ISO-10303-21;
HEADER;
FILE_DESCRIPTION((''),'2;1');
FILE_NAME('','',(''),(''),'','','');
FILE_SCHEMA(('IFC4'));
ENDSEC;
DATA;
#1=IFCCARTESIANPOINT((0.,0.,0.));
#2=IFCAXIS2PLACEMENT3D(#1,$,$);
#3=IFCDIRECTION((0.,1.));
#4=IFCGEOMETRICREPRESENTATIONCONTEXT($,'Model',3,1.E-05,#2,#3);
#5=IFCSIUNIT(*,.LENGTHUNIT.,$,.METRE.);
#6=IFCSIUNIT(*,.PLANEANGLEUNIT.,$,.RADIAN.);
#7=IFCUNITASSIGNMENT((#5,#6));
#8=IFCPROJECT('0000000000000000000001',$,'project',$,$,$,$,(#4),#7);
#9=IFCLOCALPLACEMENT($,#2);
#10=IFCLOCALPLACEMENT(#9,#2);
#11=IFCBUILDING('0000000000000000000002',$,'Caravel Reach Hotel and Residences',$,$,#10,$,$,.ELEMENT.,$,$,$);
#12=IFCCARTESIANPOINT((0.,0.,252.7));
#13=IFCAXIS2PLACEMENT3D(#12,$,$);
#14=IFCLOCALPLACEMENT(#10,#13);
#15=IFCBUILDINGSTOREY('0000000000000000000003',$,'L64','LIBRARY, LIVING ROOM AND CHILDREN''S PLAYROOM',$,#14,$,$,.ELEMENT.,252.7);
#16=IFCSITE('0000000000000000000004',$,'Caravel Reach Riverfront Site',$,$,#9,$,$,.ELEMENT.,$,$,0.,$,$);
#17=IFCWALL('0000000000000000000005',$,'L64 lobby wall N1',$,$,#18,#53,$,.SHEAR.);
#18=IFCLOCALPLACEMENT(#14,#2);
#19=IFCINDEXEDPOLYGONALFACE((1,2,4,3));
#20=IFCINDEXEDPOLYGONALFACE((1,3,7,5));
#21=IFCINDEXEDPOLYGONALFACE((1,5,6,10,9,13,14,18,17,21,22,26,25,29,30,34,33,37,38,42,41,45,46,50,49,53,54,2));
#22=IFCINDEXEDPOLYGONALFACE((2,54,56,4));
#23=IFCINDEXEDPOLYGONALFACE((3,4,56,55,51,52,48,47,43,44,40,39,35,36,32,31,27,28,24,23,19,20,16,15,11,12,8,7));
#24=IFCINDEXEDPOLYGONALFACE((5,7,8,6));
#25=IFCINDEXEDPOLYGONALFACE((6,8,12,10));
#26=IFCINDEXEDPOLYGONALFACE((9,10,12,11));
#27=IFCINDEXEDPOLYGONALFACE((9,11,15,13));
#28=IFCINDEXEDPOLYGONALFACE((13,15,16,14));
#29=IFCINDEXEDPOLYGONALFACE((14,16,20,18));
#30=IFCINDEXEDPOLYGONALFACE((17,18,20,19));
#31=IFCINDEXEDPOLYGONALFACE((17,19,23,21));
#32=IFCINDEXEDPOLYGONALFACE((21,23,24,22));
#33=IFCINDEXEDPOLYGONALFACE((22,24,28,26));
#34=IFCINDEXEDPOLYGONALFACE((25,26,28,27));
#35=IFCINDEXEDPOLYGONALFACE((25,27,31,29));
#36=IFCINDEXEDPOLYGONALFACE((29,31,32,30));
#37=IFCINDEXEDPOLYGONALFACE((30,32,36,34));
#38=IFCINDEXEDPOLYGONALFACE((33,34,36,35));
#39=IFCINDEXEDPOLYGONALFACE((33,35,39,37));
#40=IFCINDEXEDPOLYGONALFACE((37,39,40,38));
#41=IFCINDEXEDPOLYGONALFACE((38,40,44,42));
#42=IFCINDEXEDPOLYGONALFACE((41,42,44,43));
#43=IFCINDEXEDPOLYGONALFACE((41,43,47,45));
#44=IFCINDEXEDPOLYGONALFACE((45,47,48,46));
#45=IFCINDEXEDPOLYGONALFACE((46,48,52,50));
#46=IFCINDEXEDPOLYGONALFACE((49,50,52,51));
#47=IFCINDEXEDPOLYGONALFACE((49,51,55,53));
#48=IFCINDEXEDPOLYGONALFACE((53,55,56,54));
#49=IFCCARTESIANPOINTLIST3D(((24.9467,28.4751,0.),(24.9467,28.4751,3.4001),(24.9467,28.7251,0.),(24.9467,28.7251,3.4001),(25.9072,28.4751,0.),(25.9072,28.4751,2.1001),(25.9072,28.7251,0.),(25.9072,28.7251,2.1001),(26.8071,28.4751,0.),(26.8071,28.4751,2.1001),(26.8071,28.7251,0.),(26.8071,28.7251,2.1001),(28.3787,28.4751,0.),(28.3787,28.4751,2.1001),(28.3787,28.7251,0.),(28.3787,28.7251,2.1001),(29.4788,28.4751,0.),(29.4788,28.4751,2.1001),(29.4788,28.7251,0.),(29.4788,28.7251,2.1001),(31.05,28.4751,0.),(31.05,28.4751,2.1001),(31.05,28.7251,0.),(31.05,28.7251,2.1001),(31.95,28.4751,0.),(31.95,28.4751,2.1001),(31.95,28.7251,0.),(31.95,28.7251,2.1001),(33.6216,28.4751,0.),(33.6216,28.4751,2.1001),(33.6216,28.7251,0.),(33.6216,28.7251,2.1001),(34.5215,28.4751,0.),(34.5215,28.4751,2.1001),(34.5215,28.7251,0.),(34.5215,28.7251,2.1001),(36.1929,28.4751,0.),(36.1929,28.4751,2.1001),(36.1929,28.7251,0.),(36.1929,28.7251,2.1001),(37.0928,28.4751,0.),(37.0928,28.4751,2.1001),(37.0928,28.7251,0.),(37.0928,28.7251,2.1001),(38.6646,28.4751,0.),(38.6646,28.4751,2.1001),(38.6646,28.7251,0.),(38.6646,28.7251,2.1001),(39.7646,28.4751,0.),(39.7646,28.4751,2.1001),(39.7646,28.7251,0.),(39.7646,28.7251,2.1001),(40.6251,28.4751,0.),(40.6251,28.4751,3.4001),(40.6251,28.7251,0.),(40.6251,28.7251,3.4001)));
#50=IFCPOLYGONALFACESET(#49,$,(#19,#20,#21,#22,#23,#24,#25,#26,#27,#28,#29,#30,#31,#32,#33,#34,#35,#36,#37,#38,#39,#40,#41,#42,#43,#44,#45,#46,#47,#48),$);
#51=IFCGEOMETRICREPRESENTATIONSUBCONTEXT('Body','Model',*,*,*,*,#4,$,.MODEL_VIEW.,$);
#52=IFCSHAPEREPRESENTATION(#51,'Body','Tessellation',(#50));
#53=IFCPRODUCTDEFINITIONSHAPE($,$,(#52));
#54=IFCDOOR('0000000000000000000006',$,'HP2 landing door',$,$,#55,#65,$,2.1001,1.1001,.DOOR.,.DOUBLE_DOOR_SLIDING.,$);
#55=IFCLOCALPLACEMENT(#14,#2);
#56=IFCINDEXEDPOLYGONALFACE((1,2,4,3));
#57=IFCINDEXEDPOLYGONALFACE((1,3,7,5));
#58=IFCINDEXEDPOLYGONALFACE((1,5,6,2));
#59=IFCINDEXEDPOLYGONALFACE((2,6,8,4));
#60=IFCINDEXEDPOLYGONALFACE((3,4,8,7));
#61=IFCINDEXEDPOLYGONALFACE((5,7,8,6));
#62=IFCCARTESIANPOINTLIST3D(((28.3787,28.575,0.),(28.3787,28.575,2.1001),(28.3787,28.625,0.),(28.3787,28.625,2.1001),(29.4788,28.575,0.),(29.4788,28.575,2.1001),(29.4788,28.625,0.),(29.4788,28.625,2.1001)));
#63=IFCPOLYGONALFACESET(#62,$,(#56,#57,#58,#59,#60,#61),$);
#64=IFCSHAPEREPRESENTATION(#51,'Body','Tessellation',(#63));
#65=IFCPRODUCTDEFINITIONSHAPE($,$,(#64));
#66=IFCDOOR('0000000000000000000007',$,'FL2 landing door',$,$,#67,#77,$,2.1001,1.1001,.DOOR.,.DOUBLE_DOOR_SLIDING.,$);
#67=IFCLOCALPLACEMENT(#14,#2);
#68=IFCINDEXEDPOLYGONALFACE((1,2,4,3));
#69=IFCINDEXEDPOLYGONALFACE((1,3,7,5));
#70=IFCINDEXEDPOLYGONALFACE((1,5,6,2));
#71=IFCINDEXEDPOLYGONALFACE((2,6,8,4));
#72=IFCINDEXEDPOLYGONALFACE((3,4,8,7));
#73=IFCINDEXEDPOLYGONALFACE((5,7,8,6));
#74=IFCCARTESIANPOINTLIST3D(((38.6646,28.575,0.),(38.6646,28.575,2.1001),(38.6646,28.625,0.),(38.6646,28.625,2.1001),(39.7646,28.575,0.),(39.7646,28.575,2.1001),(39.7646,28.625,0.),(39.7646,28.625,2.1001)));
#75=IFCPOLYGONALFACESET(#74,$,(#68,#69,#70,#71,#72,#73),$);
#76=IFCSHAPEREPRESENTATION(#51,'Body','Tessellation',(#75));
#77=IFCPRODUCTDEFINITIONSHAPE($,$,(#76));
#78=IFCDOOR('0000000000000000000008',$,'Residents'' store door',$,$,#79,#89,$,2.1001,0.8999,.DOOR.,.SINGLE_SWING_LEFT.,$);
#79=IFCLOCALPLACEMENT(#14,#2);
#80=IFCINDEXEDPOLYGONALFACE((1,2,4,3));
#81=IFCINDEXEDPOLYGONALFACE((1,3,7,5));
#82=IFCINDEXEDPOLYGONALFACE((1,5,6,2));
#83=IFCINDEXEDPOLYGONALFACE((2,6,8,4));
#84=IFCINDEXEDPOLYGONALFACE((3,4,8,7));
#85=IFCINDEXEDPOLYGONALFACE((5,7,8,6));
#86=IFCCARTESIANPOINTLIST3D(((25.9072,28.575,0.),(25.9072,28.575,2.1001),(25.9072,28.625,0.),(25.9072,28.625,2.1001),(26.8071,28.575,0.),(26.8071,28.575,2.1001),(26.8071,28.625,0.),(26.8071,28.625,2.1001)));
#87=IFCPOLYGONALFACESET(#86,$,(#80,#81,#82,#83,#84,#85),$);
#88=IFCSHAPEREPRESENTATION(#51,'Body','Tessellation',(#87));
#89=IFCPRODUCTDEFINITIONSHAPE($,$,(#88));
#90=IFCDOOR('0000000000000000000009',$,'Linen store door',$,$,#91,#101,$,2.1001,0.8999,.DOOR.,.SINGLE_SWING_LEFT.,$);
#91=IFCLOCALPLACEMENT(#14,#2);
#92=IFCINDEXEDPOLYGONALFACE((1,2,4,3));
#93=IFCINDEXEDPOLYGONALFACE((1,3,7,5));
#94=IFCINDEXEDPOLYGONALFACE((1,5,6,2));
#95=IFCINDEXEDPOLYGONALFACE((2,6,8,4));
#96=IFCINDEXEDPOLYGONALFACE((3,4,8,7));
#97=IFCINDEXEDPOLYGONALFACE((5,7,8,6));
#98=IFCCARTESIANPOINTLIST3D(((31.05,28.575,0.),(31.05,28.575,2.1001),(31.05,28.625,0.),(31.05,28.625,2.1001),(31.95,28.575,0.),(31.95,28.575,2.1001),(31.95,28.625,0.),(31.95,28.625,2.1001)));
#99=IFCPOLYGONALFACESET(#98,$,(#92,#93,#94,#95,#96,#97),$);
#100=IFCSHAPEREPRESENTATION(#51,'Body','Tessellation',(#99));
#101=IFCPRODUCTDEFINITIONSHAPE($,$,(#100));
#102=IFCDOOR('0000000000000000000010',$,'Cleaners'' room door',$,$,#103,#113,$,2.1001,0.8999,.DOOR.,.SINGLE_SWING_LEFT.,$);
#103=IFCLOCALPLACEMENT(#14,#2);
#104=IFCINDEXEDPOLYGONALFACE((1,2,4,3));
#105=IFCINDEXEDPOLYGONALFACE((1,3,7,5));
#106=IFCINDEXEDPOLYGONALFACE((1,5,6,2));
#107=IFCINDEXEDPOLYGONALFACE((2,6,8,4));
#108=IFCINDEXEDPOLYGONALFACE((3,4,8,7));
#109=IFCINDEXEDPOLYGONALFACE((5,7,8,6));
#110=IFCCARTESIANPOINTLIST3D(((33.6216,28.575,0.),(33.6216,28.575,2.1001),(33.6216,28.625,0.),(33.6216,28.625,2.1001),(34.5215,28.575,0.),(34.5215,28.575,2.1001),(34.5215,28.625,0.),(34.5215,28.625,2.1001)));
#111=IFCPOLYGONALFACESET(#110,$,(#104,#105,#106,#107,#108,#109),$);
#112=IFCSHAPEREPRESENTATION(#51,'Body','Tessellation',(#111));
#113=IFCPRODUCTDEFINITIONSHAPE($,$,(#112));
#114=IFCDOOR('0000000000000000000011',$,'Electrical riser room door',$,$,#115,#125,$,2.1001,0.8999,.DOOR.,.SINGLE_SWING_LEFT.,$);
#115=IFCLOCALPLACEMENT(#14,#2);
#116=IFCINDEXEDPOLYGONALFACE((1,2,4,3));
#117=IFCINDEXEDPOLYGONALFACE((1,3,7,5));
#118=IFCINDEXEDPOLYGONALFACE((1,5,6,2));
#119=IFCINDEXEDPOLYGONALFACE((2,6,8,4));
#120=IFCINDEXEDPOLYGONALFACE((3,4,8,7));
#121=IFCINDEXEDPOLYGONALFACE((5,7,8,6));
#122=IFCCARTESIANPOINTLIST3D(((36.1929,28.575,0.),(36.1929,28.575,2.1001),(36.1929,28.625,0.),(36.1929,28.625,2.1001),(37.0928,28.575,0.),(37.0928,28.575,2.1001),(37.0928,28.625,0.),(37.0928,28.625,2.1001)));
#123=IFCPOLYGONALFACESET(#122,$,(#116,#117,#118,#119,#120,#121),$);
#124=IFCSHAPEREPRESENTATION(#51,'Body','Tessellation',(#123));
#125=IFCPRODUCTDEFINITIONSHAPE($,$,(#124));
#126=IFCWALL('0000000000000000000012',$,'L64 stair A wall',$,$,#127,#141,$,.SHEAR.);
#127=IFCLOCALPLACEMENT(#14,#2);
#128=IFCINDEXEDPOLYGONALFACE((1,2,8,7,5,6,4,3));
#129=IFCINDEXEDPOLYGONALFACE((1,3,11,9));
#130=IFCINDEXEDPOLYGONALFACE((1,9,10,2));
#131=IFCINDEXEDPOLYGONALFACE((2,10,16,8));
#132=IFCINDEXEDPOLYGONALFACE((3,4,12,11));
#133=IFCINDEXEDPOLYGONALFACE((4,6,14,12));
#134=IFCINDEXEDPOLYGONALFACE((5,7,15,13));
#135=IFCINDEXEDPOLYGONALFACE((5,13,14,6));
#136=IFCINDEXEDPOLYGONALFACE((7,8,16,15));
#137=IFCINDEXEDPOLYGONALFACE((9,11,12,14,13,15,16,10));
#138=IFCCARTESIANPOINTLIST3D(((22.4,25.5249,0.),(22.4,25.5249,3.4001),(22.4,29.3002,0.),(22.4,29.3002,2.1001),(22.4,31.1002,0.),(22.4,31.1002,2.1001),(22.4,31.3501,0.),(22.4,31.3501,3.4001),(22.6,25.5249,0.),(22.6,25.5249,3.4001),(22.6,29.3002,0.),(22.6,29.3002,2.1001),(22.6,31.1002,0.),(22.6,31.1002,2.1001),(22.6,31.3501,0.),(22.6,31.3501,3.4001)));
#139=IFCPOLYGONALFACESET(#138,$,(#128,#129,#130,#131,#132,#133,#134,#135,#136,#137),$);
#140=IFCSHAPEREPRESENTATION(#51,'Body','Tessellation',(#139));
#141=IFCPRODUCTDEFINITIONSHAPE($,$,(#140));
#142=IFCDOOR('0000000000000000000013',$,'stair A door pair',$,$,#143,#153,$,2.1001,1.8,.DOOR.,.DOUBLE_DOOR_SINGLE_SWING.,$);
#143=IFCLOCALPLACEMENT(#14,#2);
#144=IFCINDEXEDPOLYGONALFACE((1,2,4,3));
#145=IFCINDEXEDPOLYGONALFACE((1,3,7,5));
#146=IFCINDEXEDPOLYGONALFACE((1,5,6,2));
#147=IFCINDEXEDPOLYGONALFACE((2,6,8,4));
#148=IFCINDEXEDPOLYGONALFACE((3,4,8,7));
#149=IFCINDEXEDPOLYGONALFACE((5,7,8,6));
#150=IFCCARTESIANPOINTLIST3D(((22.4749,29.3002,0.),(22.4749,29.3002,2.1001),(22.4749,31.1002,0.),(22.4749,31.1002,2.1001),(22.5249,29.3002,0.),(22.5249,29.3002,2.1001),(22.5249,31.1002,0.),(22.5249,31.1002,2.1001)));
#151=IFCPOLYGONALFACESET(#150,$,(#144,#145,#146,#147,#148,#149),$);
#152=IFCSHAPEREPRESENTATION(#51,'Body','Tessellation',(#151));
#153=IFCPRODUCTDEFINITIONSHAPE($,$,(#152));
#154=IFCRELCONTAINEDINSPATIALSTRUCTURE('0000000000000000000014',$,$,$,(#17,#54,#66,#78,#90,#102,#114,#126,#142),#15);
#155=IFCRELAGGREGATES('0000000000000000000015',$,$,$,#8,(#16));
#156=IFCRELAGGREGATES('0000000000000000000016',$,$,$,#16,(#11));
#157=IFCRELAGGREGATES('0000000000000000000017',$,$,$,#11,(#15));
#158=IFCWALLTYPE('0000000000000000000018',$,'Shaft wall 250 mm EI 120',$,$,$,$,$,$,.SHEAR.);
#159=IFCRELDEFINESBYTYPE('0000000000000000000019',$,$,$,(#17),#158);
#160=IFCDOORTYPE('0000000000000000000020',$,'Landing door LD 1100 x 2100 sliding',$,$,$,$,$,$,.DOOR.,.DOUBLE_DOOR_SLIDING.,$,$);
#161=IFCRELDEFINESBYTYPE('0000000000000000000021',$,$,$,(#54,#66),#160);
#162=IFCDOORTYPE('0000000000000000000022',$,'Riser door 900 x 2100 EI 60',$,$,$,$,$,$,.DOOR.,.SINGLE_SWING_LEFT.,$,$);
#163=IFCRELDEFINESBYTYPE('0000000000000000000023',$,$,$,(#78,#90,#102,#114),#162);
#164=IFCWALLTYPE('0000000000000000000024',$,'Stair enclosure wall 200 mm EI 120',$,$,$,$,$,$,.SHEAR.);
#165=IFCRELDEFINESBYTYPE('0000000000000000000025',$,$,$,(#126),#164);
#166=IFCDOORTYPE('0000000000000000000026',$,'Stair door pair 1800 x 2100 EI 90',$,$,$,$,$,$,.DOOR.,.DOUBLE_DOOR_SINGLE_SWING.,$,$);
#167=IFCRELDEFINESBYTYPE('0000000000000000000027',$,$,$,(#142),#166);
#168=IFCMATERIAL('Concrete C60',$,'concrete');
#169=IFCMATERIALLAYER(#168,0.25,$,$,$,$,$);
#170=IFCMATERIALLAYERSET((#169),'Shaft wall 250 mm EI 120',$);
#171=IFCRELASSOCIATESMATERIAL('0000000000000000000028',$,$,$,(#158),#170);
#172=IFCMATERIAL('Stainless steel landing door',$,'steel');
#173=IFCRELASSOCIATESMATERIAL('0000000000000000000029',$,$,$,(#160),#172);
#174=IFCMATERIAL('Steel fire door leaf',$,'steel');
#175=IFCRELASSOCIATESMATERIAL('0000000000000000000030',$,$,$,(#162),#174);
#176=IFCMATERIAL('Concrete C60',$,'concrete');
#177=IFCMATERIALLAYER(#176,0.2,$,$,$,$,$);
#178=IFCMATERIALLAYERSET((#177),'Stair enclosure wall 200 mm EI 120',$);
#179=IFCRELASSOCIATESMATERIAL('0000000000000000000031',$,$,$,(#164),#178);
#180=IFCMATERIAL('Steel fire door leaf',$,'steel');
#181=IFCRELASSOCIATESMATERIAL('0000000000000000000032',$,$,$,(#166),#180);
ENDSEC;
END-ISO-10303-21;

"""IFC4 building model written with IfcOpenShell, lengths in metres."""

from ifc_helpers import new_model, si_unit, direction, frame, frame_2d, origin, place, context, subcontext, project, spatial, rectangle, extrude, material, layer, layer_set, type_object, element, fill, save


model = new_model("IFC4")

# Units and contexts
model_context = context("Model", 3, precision=1e-05, world=origin(), true_north=direction((0.0, 1.0)))
body_context = subcontext(model_context, "Body", "Model", "MODEL_VIEW")
ifc_project = project(units=[si_unit("LENGTHUNIT", "METRE"), si_unit("PLANEANGLEUNIT", "RADIAN")], contexts=[model_context])

# Site, building, storey
site_placement = place(None, origin())
site = spatial("IfcSite", under=ifc_project, at=site_placement, Name="Caravel Reach Riverfront Site", CompositionType="ELEMENT", RefElevation=0.0)
building_placement = place(site_placement, origin())
building = spatial("IfcBuilding", under=site, at=building_placement, Name="Caravel Reach Hotel and Residences", CompositionType="ELEMENT")
storey_placement = place(building_placement, frame((0.0, 0.0, 252.7)))
storey = spatial("IfcBuildingStorey", under=building, at=storey_placement, Name="L64", Description="LIBRARY, LIVING ROOM AND CHILDREN'S PLAYROOM", CompositionType="ELEMENT", Elevation=252.7)

# Wall, openings, doors
ifc_material_1 = material(Name="Concrete C60", Category="concrete")
ifc_layer_1 = layer(ifc_material_1, 0.25)
ifc_layer_set_1 = layer_set([ifc_layer_1], Name="Shaft wall 250 mm EI 120")
wall_type_1 = type_object("IfcWallType", Name="Shaft wall 250 mm EI 120", PredefinedType="SHEAR", material=ifc_layer_set_1)
wall_1_placement = place(storey_placement, frame((24.9465, 28.6001, 0.0), z_axis=(0.0, 0.0, 1.0), x_axis=(1.0, 0.0, 0.0)))
wall_1 = element("IfcWall", 1, at=wall_1_placement, inside=storey, type_object=wall_type_1, Name="L64 lobby wall N1", PredefinedType="SHEAR", context=body_context, shape_type="SweptSolid", body=[
    extrude(rectangle(XDim=15.6785, YDim=0.25, at=frame_2d((7.8394, 0.0))), origin(), (0.0, 0.0, 1.0), 3.4001),
])
opening_1_placement = place(wall_1_placement, frame((3.4321, 0.0, 0.0)))
opening_1 = element("IfcOpeningElement", 2, at=opening_1_placement, cuts=wall_1, PredefinedType="OPENING", context=body_context, shape_type="SweptSolid", body=[
    extrude(rectangle(XDim=1.1001, YDim=2.1001, at=frame_2d((0.55, 1.05))), frame((0.0, 0.135, 0.0), z_axis=(0.0, -1.0, 0.0), x_axis=(1.0, 0.0, 0.0)), (0.0, 0.0, 1.0), 0.27),
])
opening_2_placement = place(wall_1_placement, frame((13.718, 0.0, 0.0)))
opening_2 = element("IfcOpeningElement", 3, at=opening_2_placement, cuts=wall_1, PredefinedType="OPENING", context=body_context, shape_type="SweptSolid", body=[
    extrude(rectangle(XDim=1.1001, YDim=2.1001, at=frame_2d((0.55, 1.05))), frame((0.0, 0.135, 0.0), z_axis=(0.0, -1.0, 0.0), x_axis=(1.0, 0.0, 0.0)), (0.0, 0.0, 1.0), 0.27),
])
opening_3_placement = place(wall_1_placement, frame((0.9607, 0.0, 0.0)))
opening_3 = element("IfcOpeningElement", 4, at=opening_3_placement, cuts=wall_1, PredefinedType="OPENING", context=body_context, shape_type="SweptSolid", body=[
    extrude(rectangle(XDim=0.8999, YDim=2.1001, at=frame_2d((0.45, 1.05))), frame((0.0, 0.135, 0.0), z_axis=(0.0, -1.0, 0.0), x_axis=(1.0, 0.0, 0.0)), (0.0, 0.0, 1.0), 0.27),
])
opening_4_placement = place(wall_1_placement, frame((6.1035, 0.0, 0.0)))
opening_4 = element("IfcOpeningElement", 5, at=opening_4_placement, cuts=wall_1, PredefinedType="OPENING", context=body_context, shape_type="SweptSolid", body=[
    extrude(rectangle(XDim=0.8999, YDim=2.1001, at=frame_2d((0.45, 1.05))), frame((0.0, 0.135, 0.0), z_axis=(0.0, -1.0, 0.0), x_axis=(1.0, 0.0, 0.0)), (0.0, 0.0, 1.0), 0.27),
])
opening_5_placement = place(wall_1_placement, frame((8.675, 0.0, 0.0)))
opening_5 = element("IfcOpeningElement", 6, at=opening_5_placement, cuts=wall_1, PredefinedType="OPENING", context=body_context, shape_type="SweptSolid", body=[
    extrude(rectangle(XDim=0.8999, YDim=2.1001, at=frame_2d((0.45, 1.05))), frame((0.0, 0.135, 0.0), z_axis=(0.0, -1.0, 0.0), x_axis=(1.0, 0.0, 0.0)), (0.0, 0.0, 1.0), 0.27),
])
opening_6_placement = place(wall_1_placement, frame((11.2463, 0.0, 0.0)))
opening_6 = element("IfcOpeningElement", 7, at=opening_6_placement, cuts=wall_1, PredefinedType="OPENING", context=body_context, shape_type="SweptSolid", body=[
    extrude(rectangle(XDim=0.8999, YDim=2.1001, at=frame_2d((0.45, 1.05))), frame((0.0, 0.135, 0.0), z_axis=(0.0, -1.0, 0.0), x_axis=(1.0, 0.0, 0.0)), (0.0, 0.0, 1.0), 0.27),
])
ifc_material_2 = material(Name="Stainless steel landing door", Category="steel")
door_type_1 = type_object("IfcDoorType", Name="Landing door LD 1100 x 2100 sliding", OperationType="DOUBLE_DOOR_SLIDING", PredefinedType="DOOR", material=ifc_material_2)
door_1_placement = place(opening_1_placement, origin())
door_1 = element("IfcDoor", 8, at=door_1_placement, inside=storey, type_object=door_type_1, Name="HP2 landing door", OperationType="DOUBLE_DOOR_SLIDING", OverallHeight=2.1001, OverallWidth=1.1001, PredefinedType="DOOR", context=body_context, shape_type="SweptSolid", body=[
    extrude(rectangle(XDim=1.1001, YDim=2.1001, at=frame_2d((0.55, 1.05))), frame((0.0, 0.0249, 0.0), z_axis=(0.0, -1.0, 0.0), x_axis=(1.0, 0.0, 0.0)), (0.0, 0.0, 1.0), 0.05),
])
fill(opening_1, door_1)
door_2_placement = place(opening_2_placement, origin())
door_2 = element("IfcDoor", 9, at=door_2_placement, inside=storey, type_object=door_type_1, Name="FL2 landing door", OperationType="DOUBLE_DOOR_SLIDING", OverallHeight=2.1001, OverallWidth=1.1001, PredefinedType="DOOR", context=body_context, shape_type="SweptSolid", body=[
    extrude(rectangle(XDim=1.1001, YDim=2.1001, at=frame_2d((0.55, 1.05))), frame((0.0, 0.0249, 0.0), z_axis=(0.0, -1.0, 0.0), x_axis=(1.0, 0.0, 0.0)), (0.0, 0.0, 1.0), 0.05),
])
fill(opening_2, door_2)
ifc_material_3 = material(Name="Steel fire door leaf", Category="steel")
door_type_2 = type_object("IfcDoorType", Name="Riser door 900 x 2100 EI 60", OperationType="SINGLE_SWING_LEFT", PredefinedType="DOOR", material=ifc_material_3)
door_3_placement = place(opening_3_placement, origin())
door_3 = element("IfcDoor", 10, at=door_3_placement, inside=storey, type_object=door_type_2, Name="Residents' store door", OperationType="SINGLE_SWING_LEFT", OverallHeight=2.1001, OverallWidth=0.8999, PredefinedType="DOOR", context=body_context, shape_type="SweptSolid", body=[
    extrude(rectangle(XDim=0.8999, YDim=2.1001, at=frame_2d((0.45, 1.05))), frame((0.0, 0.0249, 0.0), z_axis=(0.0, -1.0, 0.0), x_axis=(1.0, 0.0, 0.0)), (0.0, 0.0, 1.0), 0.05),
])
fill(opening_3, door_3)
door_4_placement = place(opening_4_placement, origin())
door_4 = element("IfcDoor", 11, at=door_4_placement, inside=storey, type_object=door_type_2, Name="Linen store door", OperationType="SINGLE_SWING_LEFT", OverallHeight=2.1001, OverallWidth=0.8999, PredefinedType="DOOR", context=body_context, shape_type="SweptSolid", body=[
    extrude(rectangle(XDim=0.8999, YDim=2.1001, at=frame_2d((0.45, 1.05))), frame((0.0, 0.0249, 0.0), z_axis=(0.0, -1.0, 0.0), x_axis=(1.0, 0.0, 0.0)), (0.0, 0.0, 1.0), 0.05),
])
fill(opening_4, door_4)
door_5_placement = place(opening_5_placement, origin())
door_5 = element("IfcDoor", 12, at=door_5_placement, inside=storey, type_object=door_type_2, Name="Cleaners' room door", OperationType="SINGLE_SWING_LEFT", OverallHeight=2.1001, OverallWidth=0.8999, PredefinedType="DOOR", context=body_context, shape_type="SweptSolid", body=[
    extrude(rectangle(XDim=0.8999, YDim=2.1001, at=frame_2d((0.45, 1.05))), frame((0.0, 0.0249, 0.0), z_axis=(0.0, -1.0, 0.0), x_axis=(1.0, 0.0, 0.0)), (0.0, 0.0, 1.0), 0.05),
])
fill(opening_5, door_5)
door_6_placement = place(opening_6_placement, origin())
door_6 = element("IfcDoor", 13, at=door_6_placement, inside=storey, type_object=door_type_2, Name="Electrical riser room door", OperationType="SINGLE_SWING_LEFT", OverallHeight=2.1001, OverallWidth=0.8999, PredefinedType="DOOR", context=body_context, shape_type="SweptSolid", body=[
    extrude(rectangle(XDim=0.8999, YDim=2.1001, at=frame_2d((0.45, 1.05))), frame((0.0, 0.0249, 0.0), z_axis=(0.0, -1.0, 0.0), x_axis=(1.0, 0.0, 0.0)), (0.0, 0.0, 1.0), 0.05),
])
fill(opening_6, door_6)

# Wall, opening, door
ifc_material_4 = material(Name="Concrete C60", Category="concrete")
ifc_layer_2 = layer(ifc_material_4, 0.2)
ifc_layer_set_2 = layer_set([ifc_layer_2], Name="Stair enclosure wall 200 mm EI 120")
wall_type_2 = type_object("IfcWallType", Name="Stair enclosure wall 200 mm EI 120", PredefinedType="SHEAR", material=ifc_layer_set_2)
wall_2_placement = place(storey_placement, frame((22.5, 31.3501, 0.0), z_axis=(0.0, 0.0, 1.0), x_axis=(0.0, -1.0, 0.0)))
wall_2 = element("IfcWall", 14, at=wall_2_placement, inside=storey, type_object=wall_type_2, Name="L64 stair A wall", PredefinedType="SHEAR", context=body_context, shape_type="SweptSolid", body=[
    extrude(rectangle(XDim=5.8252, YDim=0.2, at=frame_2d((2.9126, 0.0))), origin(), (0.0, 0.0, 1.0), 3.4001),
])
opening_7_placement = place(wall_2_placement, frame((0.25, 0.0, 0.0)))
opening_7 = element("IfcOpeningElement", 15, at=opening_7_placement, cuts=wall_2, PredefinedType="OPENING", context=body_context, shape_type="SweptSolid", body=[
    extrude(rectangle(XDim=1.8, YDim=2.1001, at=frame_2d((0.8999, 1.05))), frame((0.0, 0.1099, 0.0), z_axis=(0.0, -1.0, 0.0), x_axis=(1.0, 0.0, 0.0)), (0.0, 0.0, 1.0), 0.22),
])
ifc_material_5 = material(Name="Steel fire door leaf", Category="steel")
door_type_3 = type_object("IfcDoorType", Name="Stair door pair 1800 x 2100 EI 90", OperationType="DOUBLE_DOOR_SINGLE_SWING", PredefinedType="DOOR", material=ifc_material_5)
door_7_placement = place(opening_7_placement, origin())
door_7 = element("IfcDoor", 16, at=door_7_placement, inside=storey, type_object=door_type_3, Name="stair A door pair", OperationType="DOUBLE_DOOR_SINGLE_SWING", OverallHeight=2.1001, OverallWidth=1.8, PredefinedType="DOOR", context=body_context, shape_type="SweptSolid", body=[
    extrude(rectangle(XDim=1.8, YDim=2.1001, at=frame_2d((0.8999, 1.05))), frame((0.0, 0.0249, 0.0), z_axis=(0.0, -1.0, 0.0), x_axis=(1.0, 0.0, 0.0)), (0.0, 0.0, 1.0), 0.05),
])
fill(opening_7, door_7)

save(model, "model.ifc")
